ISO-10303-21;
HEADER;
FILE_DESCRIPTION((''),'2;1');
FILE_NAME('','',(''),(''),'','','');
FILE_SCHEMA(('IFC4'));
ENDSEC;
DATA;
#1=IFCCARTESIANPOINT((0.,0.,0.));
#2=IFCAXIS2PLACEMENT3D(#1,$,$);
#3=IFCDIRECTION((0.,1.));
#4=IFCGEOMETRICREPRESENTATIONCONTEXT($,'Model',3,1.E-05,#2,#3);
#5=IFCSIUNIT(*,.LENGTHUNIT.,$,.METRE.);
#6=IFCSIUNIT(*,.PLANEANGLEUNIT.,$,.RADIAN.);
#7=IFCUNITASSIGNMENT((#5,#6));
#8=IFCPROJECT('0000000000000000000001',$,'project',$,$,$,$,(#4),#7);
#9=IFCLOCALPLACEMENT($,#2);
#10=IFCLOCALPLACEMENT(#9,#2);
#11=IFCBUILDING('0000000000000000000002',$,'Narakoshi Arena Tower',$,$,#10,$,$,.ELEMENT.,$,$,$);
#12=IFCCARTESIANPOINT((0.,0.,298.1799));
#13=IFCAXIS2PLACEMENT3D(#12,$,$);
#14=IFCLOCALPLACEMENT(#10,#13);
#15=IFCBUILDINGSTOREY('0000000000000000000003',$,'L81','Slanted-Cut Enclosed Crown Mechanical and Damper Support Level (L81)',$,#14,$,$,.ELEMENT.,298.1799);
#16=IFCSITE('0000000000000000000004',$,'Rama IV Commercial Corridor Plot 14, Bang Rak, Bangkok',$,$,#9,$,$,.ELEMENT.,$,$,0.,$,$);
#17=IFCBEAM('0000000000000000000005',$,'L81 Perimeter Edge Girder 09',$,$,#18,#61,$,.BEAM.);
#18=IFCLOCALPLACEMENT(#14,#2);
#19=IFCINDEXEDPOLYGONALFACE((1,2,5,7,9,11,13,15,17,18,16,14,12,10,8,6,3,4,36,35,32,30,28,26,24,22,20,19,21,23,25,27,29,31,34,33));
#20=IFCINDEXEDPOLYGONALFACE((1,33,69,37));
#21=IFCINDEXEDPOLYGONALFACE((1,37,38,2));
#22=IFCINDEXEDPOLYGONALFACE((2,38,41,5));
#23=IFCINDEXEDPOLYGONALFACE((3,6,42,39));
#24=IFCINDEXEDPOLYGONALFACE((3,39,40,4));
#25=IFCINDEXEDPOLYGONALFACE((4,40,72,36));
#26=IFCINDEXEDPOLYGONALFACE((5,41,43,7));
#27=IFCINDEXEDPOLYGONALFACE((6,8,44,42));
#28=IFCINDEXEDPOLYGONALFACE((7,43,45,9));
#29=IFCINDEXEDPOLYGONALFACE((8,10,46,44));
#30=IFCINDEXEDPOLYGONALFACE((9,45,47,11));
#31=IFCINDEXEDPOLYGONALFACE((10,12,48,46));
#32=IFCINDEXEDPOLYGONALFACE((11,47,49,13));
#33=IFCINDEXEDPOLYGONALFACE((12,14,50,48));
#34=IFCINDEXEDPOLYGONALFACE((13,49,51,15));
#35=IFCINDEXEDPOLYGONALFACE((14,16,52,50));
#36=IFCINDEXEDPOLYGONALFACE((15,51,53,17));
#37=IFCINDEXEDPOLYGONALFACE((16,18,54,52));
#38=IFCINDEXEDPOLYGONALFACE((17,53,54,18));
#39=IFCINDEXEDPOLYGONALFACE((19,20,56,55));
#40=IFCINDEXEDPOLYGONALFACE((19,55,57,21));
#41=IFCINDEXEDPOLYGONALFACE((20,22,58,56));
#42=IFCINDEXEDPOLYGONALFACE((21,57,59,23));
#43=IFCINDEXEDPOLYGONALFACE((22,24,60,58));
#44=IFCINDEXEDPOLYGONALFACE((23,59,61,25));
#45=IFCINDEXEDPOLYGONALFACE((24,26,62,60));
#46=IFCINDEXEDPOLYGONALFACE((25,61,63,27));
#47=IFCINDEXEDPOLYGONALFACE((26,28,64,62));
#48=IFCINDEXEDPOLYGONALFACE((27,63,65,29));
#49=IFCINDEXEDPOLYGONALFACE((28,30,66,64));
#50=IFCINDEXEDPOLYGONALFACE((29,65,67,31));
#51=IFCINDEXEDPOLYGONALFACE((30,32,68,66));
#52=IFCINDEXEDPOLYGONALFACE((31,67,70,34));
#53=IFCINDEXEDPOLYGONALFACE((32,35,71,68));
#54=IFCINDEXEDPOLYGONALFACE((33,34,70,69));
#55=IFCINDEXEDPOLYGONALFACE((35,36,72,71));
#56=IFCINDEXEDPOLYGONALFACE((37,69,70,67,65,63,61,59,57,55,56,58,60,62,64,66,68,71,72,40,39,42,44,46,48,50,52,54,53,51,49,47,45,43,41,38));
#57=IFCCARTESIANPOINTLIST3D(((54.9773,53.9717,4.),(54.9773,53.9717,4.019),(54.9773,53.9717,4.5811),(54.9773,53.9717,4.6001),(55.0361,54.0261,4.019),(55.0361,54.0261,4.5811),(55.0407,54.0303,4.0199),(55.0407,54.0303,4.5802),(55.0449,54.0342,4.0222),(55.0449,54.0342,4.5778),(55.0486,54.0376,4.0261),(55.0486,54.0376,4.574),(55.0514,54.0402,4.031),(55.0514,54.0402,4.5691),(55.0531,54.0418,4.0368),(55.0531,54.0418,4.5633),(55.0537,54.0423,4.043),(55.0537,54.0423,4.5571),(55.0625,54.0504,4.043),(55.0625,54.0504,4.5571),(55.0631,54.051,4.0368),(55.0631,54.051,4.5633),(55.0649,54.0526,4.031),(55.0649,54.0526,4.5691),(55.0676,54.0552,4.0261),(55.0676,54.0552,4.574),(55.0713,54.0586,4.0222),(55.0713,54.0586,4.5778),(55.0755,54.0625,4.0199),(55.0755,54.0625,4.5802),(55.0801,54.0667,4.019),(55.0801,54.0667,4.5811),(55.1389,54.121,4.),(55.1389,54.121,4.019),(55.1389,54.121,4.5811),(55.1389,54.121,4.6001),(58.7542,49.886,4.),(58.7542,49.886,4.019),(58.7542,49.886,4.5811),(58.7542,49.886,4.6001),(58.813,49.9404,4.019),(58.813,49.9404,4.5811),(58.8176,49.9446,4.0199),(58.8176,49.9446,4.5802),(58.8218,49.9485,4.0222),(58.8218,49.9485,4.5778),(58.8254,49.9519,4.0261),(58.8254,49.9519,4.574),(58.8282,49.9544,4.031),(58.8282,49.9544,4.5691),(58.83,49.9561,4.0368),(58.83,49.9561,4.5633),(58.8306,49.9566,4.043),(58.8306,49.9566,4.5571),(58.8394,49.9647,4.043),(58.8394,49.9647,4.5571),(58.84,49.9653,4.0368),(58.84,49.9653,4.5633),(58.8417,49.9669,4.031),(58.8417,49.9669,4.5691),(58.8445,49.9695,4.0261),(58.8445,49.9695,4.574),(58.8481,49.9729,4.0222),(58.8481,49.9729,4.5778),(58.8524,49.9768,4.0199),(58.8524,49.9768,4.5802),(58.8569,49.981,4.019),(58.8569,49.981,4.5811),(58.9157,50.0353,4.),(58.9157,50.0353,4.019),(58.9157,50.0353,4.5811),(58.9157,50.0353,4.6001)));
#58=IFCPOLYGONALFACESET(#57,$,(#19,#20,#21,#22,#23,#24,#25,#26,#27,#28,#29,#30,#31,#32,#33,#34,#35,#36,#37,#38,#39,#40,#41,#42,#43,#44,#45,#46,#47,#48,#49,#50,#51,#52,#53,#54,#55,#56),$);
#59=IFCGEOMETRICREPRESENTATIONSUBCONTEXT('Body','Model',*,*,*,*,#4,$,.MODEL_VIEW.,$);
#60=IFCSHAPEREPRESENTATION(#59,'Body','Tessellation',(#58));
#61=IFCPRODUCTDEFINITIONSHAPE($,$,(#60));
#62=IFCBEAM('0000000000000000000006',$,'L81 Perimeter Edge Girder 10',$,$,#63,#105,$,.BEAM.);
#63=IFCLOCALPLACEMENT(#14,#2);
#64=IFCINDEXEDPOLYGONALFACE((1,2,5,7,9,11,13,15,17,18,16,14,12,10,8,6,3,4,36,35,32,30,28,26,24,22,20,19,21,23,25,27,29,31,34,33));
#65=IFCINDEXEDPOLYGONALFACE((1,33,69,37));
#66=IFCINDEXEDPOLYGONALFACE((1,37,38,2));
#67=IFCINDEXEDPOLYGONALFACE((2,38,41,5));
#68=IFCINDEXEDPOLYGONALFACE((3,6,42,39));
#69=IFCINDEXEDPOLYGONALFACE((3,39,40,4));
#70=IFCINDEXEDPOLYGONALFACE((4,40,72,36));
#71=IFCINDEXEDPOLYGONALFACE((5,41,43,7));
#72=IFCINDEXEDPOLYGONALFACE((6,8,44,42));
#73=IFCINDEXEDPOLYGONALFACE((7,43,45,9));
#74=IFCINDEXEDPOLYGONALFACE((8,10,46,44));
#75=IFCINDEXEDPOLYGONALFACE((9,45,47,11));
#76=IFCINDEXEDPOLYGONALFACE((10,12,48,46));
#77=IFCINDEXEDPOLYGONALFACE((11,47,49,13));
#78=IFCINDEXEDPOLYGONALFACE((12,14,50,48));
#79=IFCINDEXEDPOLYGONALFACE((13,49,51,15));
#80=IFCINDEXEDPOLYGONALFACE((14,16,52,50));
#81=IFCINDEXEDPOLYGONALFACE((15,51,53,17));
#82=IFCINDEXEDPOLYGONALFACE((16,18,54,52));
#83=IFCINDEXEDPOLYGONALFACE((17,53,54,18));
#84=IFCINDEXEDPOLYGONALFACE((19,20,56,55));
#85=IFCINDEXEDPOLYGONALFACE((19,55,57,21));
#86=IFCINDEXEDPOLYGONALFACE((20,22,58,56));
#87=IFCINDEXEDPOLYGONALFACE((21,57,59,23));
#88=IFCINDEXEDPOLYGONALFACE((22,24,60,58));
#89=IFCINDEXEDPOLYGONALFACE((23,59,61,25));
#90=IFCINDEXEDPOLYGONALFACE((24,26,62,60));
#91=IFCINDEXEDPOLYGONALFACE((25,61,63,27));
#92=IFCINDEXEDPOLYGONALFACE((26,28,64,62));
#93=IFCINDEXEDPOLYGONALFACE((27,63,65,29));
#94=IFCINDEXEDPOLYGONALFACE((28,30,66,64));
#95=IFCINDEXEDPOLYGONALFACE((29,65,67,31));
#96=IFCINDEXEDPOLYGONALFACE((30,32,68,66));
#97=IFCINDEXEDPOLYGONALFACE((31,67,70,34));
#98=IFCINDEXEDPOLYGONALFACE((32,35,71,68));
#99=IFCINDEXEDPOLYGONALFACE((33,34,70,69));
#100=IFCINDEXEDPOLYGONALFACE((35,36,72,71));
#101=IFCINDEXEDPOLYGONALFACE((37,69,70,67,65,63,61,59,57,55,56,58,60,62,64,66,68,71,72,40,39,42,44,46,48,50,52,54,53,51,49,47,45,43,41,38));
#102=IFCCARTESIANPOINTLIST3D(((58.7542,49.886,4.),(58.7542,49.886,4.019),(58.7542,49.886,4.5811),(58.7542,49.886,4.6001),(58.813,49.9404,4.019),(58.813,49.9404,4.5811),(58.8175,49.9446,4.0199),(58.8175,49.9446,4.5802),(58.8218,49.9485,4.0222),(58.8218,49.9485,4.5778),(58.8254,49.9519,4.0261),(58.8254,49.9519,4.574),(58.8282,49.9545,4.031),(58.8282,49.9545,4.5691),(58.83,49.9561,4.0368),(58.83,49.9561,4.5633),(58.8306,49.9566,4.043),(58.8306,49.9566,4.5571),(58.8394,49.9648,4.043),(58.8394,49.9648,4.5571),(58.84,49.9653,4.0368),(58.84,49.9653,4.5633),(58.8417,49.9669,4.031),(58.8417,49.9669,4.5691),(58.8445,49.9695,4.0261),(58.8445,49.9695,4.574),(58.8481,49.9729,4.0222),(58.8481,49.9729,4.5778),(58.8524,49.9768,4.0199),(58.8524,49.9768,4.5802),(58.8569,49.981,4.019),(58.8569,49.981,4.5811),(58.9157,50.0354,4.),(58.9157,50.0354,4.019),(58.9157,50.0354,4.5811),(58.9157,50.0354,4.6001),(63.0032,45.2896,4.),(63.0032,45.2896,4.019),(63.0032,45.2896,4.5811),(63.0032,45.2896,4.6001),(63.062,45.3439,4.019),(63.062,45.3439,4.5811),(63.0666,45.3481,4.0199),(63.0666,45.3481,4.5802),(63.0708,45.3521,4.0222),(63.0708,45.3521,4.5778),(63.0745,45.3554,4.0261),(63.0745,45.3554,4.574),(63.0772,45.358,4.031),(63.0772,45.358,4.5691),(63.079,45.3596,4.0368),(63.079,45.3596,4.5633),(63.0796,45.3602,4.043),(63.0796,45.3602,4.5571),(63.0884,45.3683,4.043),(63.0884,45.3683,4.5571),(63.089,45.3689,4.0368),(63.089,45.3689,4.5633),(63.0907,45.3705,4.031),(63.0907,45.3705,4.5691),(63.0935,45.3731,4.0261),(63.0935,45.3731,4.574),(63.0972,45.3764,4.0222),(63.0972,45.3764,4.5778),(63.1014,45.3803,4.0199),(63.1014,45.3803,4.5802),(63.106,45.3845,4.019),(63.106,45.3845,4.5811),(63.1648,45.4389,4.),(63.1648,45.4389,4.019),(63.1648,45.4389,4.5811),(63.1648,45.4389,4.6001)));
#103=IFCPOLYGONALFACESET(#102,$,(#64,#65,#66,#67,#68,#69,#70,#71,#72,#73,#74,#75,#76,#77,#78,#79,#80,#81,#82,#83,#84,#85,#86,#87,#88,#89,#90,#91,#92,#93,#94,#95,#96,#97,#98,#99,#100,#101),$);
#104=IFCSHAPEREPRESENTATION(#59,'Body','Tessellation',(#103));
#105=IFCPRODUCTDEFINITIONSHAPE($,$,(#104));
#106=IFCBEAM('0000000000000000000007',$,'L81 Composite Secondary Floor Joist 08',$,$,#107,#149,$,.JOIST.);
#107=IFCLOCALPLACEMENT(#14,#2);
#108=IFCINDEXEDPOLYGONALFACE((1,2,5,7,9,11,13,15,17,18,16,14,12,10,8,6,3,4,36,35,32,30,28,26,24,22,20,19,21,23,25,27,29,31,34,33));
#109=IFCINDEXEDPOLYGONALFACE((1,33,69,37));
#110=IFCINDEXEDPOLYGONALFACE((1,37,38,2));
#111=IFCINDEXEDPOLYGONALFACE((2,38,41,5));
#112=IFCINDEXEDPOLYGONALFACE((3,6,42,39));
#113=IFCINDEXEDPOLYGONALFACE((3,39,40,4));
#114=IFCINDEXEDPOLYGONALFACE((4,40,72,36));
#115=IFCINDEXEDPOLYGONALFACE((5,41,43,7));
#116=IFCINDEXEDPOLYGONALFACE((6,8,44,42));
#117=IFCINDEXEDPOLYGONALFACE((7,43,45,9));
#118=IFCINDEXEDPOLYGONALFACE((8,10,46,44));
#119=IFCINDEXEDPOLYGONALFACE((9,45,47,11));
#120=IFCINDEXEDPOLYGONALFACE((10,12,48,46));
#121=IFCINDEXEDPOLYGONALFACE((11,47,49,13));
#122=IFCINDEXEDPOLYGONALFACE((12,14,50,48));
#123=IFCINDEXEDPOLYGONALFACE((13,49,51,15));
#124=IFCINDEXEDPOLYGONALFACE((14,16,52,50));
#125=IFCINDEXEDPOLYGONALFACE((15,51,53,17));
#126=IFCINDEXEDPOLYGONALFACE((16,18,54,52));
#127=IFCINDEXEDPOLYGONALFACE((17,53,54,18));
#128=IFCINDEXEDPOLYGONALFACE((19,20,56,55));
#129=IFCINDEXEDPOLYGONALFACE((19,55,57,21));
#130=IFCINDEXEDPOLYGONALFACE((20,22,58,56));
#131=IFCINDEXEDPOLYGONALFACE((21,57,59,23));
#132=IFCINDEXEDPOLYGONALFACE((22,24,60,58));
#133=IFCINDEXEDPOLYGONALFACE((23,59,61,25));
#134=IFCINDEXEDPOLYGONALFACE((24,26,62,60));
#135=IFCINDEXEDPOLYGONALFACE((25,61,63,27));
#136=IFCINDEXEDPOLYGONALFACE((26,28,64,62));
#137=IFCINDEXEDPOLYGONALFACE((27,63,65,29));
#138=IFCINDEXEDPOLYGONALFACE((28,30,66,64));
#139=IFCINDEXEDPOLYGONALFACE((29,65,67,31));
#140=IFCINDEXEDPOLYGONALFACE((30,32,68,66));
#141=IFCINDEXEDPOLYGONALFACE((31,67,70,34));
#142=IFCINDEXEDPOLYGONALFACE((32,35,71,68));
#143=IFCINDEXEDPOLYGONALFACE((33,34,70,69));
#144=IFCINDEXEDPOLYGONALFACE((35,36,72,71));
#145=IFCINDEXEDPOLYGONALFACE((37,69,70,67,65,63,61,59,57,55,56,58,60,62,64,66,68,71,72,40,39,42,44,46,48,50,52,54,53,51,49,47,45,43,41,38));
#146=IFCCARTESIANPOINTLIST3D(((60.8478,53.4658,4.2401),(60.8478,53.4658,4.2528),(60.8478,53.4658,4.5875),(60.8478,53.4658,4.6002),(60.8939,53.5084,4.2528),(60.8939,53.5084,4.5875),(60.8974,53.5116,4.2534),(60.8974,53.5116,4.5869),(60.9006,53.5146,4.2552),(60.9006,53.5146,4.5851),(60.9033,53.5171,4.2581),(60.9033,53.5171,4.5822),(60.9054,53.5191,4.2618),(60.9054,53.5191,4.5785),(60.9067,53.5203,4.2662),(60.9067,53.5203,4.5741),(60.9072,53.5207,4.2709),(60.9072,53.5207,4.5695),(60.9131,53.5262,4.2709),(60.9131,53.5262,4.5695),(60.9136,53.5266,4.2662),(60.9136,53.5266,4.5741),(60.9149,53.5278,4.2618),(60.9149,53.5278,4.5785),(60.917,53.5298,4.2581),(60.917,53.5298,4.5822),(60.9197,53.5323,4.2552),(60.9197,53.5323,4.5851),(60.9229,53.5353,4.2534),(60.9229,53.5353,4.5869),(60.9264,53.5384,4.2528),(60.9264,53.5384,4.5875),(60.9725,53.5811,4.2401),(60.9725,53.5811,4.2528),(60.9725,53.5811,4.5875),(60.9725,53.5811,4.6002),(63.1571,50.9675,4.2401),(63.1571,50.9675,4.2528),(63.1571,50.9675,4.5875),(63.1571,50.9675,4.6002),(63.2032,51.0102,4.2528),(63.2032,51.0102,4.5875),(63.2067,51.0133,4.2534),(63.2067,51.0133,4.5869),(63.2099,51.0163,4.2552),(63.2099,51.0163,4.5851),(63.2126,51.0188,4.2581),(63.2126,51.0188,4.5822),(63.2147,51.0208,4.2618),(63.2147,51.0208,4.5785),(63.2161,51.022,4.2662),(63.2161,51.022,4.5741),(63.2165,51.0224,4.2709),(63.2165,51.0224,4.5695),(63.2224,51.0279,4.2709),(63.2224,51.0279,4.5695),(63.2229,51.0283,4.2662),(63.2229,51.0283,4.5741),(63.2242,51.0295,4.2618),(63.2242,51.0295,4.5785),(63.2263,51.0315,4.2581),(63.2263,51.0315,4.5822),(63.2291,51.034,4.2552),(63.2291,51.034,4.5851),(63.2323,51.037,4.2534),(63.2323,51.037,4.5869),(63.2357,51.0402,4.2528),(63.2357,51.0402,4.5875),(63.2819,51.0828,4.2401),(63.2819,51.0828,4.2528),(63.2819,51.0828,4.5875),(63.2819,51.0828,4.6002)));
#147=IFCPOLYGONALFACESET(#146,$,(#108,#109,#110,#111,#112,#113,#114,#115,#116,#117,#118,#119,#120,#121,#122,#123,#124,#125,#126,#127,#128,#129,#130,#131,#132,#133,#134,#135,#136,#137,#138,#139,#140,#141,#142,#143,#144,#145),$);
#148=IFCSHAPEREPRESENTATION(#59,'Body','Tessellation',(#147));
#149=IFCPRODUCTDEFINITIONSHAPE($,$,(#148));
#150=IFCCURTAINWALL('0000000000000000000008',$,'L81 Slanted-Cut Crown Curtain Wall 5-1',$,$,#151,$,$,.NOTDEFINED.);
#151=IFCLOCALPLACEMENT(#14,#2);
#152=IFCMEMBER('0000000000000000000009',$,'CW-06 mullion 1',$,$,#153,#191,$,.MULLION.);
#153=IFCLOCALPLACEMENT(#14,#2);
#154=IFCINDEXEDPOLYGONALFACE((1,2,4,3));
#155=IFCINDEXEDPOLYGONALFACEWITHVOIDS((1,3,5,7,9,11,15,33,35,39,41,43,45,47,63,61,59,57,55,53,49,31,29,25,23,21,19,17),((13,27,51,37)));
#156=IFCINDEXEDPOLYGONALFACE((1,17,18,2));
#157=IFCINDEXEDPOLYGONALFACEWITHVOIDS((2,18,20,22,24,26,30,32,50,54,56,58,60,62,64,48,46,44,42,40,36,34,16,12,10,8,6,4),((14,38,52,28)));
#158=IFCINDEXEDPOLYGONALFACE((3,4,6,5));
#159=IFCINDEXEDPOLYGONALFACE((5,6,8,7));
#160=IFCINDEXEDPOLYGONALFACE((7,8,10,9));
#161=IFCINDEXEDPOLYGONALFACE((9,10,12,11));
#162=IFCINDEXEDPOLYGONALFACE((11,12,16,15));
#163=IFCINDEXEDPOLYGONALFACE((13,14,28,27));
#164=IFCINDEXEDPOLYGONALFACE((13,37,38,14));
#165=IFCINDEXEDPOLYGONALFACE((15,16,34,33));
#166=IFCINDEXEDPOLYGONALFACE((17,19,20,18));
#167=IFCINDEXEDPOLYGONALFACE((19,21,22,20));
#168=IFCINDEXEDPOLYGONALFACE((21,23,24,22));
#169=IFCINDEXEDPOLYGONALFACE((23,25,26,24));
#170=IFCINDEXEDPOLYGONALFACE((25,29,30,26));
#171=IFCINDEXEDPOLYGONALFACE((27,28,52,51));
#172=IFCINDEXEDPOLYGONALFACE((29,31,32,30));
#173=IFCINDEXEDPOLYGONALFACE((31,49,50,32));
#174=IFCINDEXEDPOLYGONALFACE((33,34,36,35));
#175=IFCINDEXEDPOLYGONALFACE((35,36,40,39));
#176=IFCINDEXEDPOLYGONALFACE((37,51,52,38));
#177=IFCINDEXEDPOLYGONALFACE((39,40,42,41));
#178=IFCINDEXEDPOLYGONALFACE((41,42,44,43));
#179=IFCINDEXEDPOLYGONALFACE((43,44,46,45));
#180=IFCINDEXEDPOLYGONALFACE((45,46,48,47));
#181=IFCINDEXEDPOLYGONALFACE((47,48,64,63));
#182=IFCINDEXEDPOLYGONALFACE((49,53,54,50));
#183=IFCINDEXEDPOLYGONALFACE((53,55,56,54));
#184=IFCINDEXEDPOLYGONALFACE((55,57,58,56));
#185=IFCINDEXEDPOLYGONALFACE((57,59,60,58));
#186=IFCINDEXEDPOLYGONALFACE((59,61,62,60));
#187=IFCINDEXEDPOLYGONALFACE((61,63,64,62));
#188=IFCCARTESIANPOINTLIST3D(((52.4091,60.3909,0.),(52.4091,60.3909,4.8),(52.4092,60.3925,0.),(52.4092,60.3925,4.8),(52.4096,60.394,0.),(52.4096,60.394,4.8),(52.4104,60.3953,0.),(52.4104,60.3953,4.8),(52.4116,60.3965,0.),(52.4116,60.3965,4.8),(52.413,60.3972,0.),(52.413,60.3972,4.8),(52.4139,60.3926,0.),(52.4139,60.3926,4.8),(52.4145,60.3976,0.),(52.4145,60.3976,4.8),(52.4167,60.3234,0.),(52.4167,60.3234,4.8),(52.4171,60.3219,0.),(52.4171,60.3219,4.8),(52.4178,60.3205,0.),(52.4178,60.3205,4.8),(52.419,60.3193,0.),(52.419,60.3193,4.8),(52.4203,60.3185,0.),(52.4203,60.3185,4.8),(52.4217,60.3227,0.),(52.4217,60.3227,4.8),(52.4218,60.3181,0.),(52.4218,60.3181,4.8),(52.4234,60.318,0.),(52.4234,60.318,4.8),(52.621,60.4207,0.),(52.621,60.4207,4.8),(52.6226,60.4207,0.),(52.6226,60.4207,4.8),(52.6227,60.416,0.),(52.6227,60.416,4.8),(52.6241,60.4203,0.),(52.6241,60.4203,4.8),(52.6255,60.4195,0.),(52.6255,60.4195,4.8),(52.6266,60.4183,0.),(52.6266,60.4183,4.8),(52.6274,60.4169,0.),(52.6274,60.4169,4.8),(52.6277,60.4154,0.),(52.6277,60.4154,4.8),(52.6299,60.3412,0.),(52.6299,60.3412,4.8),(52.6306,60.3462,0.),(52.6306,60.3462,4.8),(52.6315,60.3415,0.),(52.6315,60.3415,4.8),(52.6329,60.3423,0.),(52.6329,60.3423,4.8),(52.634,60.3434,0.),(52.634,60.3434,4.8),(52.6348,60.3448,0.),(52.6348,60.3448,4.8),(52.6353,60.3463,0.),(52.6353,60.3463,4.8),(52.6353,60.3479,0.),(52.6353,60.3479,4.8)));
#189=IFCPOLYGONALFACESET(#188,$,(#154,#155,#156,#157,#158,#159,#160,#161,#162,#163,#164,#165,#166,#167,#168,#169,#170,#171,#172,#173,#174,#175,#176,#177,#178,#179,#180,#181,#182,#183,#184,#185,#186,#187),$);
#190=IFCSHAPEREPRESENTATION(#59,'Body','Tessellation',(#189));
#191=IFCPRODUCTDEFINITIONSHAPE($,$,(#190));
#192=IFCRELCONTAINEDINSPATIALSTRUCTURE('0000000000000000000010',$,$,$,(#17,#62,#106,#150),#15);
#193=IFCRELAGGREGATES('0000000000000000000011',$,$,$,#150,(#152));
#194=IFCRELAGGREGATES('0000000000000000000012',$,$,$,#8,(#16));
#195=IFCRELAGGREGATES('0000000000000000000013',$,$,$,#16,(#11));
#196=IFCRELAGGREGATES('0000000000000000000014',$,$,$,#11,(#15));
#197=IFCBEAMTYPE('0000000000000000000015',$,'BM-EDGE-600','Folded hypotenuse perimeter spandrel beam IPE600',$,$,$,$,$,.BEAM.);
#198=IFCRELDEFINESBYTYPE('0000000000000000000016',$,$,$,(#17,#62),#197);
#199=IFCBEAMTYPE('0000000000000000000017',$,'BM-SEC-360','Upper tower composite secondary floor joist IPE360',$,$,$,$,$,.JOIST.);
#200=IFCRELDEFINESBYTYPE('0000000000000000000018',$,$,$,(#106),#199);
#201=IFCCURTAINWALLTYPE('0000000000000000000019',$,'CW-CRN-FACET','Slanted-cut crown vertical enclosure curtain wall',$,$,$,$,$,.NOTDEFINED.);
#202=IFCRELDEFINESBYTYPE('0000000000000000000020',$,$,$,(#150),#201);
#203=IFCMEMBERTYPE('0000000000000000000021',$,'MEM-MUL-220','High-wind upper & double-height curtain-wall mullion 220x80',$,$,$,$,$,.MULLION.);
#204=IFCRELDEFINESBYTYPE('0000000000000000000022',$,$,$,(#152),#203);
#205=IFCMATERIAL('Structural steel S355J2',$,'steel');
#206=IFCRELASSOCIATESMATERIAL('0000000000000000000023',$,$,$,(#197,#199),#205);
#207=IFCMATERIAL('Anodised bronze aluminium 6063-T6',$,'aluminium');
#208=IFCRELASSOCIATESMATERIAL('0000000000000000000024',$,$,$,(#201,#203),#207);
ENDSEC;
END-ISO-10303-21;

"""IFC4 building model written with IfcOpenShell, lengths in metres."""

from ifc_helpers import new_model, si_unit, direction, frame, origin, origin_2d, place, context, subcontext, project, spatial, hollow_rectangle, i_section, extrude, material, material_profile, profile_set, type_object, element, aggregate, save


model = new_model("IFC4")

# Units and contexts
model_context = context("Model", 3, precision=1e-05, world=origin(), true_north=direction((0.0, 1.0)))
body_context = subcontext(model_context, "Body", "Model", "MODEL_VIEW")
ifc_project = project(units=[si_unit("LENGTHUNIT", "METRE"), si_unit("PLANEANGLEUNIT", "RADIAN")], contexts=[model_context])

# Site, building, storey
site_placement = place(None, origin())
site = spatial("IfcSite", under=ifc_project, at=site_placement, Name="Rama IV Commercial Corridor Plot 14, Bang Rak, Bangkok", CompositionType="ELEMENT", RefElevation=0.0)
building_placement = place(site_placement, origin())
building = spatial("IfcBuilding", under=site, at=building_placement, Name="Narakoshi Arena Tower", CompositionType="ELEMENT")
storey_placement = place(building_placement, frame((0.0, 0.0, 298.1799)))
storey = spatial("IfcBuildingStorey", under=building, at=storey_placement, Name="L81", Description="Slanted-Cut Enclosed Crown Mechanical and Damper Support Level (L81)", CompositionType="ELEMENT", Elevation=298.1799)

# Shared definitions
ifc_material_1 = material(Name="Structural steel S355J2", Category="steel")

# Beams
ifc_material_profile_1 = material_profile(ifc_material_1, i_section(OverallWidth=0.22, OverallDepth=0.6001, WebThickness=0.012, FlangeThickness=0.019, FilletRadius=0.0239, at=origin_2d()), Name="IPE600")
ifc_profile_set_1 = profile_set([ifc_material_profile_1], Name="Structural steel S355J2")
beam_type_1 = type_object("IfcBeamType", Name="BM-EDGE-600", Description="Folded hypotenuse perimeter spandrel beam IPE600", PredefinedType="BEAM", material=ifc_profile_set_1)
beam_1_placement = place(storey_placement, frame((55.0581, 54.0464, 4.3), z_axis=(0.678808, -0.734315, 0.0), x_axis=(0.734315, 0.678808, 0.0)))
element("IfcBeam", 1, at=beam_1_placement, inside=storey, type_object=beam_type_1, Name="L81 Perimeter Edge Girder 09", PredefinedType="BEAM", context=body_context, shape_type="SweptSolid", body=[
    extrude(i_section(OverallWidth=0.22, OverallDepth=0.6001, WebThickness=0.012, FlangeThickness=0.019, FilletRadius=0.0239, at=origin_2d()), origin(), (0.0, 0.0, 1.0), 5.564),
])
beam_2_placement = place(storey_placement, frame((58.835, 49.9607, 4.3), z_axis=(0.678811, -0.734313, 0.0), x_axis=(0.734313, 0.678811, 0.0)))
element("IfcBeam", 2, at=beam_2_placement, inside=storey, type_object=beam_type_1, Name="L81 Perimeter Edge Girder 10", PredefinedType="BEAM", context=body_context, shape_type="SweptSolid", body=[
    extrude(i_section(OverallWidth=0.22, OverallDepth=0.6001, WebThickness=0.012, FlangeThickness=0.019, FilletRadius=0.0239, at=origin_2d()), origin(), (0.0, 0.0, 1.0), 6.2595),
])
ifc_material_profile_2 = material_profile(ifc_material_1, i_section(OverallWidth=0.1699, OverallDepth=0.3601, WebThickness=0.0081, FlangeThickness=0.0127, FilletRadius=0.0181, at=origin_2d()), Name="IPE360")
ifc_profile_set_2 = profile_set([ifc_material_profile_2], Name="Structural steel S355J2")
beam_type_2 = type_object("IfcBeamType", Name="BM-SEC-360", Description="Upper tower composite secondary floor joist IPE360", PredefinedType="JOIST", material=ifc_profile_set_2)
beam_3_placement = place(storey_placement, frame((60.9102, 53.5234, 4.4202), z_axis=(0.67879, -0.734333, 0.0), x_axis=(0.734333, 0.67879, 0.0)))
element("IfcBeam", 3, at=beam_3_placement, inside=storey, type_object=beam_type_2, Name="L81 Composite Secondary Floor Joist 08", PredefinedType="JOIST", context=body_context, shape_type="SweptSolid", body=[
    extrude(i_section(OverallWidth=0.1699, OverallDepth=0.3601, WebThickness=0.0081, FlangeThickness=0.0127, FilletRadius=0.0181, at=origin_2d()), origin(), (0.0, 0.0, 1.0), 3.4021),
])

# Curtain wall, member
ifc_material_2 = material(Name="Anodised bronze aluminium 6063-T6", Category="aluminium")
curtain_wall_type = type_object("IfcCurtainWallType", Name="CW-CRN-FACET", Description="Slanted-cut crown vertical enclosure curtain wall", PredefinedType="NOTDEFINED", material=ifc_material_2)
curtain_wall_1_placement = place(storey_placement, origin())
curtain_wall_1 = element("IfcCurtainWall", 4, at=curtain_wall_1_placement, inside=storey, type_object=curtain_wall_type, Name="L81 Slanted-Cut Crown Curtain Wall 5-1", PredefinedType="NOTDEFINED")
ifc_material_profile_3 = material_profile(ifc_material_2, hollow_rectangle(XDim=0.0801, YDim=0.22, WallThickness=0.0049, OuterFilletRadius=0.0061, at=origin_2d()), Name="MUL220x80x5")
ifc_profile_set_3 = profile_set([ifc_material_profile_3], Name="Anodised bronze aluminium 6063-T6")
member_type_1 = type_object("IfcMemberType", Name="MEM-MUL-220", Description="High-wind upper & double-height curtain-wall mullion 220x80", PredefinedType="MULLION", material=ifc_profile_set_3)
member_1_placement = place(storey_placement, frame((52.5222, 60.3694, 0.0), z_axis=(0.0, 0.0, 1.0), x_axis=(-0.111395, 0.993776, 0.0)))
member_1 = element("IfcMember", 5, at=member_1_placement, type_object=member_type_1, Name="CW-06 mullion 1", PredefinedType="MULLION", context=body_context, shape_type="SweptSolid", body=[
    extrude(hollow_rectangle(XDim=0.0801, YDim=0.22, WallThickness=0.0049, OuterFilletRadius=0.0061, at=origin_2d()), origin(), (0.0, 0.0, 1.0), 4.8),
])

aggregate(curtain_wall_1, [member_1])

save(model, "model.ifc")
